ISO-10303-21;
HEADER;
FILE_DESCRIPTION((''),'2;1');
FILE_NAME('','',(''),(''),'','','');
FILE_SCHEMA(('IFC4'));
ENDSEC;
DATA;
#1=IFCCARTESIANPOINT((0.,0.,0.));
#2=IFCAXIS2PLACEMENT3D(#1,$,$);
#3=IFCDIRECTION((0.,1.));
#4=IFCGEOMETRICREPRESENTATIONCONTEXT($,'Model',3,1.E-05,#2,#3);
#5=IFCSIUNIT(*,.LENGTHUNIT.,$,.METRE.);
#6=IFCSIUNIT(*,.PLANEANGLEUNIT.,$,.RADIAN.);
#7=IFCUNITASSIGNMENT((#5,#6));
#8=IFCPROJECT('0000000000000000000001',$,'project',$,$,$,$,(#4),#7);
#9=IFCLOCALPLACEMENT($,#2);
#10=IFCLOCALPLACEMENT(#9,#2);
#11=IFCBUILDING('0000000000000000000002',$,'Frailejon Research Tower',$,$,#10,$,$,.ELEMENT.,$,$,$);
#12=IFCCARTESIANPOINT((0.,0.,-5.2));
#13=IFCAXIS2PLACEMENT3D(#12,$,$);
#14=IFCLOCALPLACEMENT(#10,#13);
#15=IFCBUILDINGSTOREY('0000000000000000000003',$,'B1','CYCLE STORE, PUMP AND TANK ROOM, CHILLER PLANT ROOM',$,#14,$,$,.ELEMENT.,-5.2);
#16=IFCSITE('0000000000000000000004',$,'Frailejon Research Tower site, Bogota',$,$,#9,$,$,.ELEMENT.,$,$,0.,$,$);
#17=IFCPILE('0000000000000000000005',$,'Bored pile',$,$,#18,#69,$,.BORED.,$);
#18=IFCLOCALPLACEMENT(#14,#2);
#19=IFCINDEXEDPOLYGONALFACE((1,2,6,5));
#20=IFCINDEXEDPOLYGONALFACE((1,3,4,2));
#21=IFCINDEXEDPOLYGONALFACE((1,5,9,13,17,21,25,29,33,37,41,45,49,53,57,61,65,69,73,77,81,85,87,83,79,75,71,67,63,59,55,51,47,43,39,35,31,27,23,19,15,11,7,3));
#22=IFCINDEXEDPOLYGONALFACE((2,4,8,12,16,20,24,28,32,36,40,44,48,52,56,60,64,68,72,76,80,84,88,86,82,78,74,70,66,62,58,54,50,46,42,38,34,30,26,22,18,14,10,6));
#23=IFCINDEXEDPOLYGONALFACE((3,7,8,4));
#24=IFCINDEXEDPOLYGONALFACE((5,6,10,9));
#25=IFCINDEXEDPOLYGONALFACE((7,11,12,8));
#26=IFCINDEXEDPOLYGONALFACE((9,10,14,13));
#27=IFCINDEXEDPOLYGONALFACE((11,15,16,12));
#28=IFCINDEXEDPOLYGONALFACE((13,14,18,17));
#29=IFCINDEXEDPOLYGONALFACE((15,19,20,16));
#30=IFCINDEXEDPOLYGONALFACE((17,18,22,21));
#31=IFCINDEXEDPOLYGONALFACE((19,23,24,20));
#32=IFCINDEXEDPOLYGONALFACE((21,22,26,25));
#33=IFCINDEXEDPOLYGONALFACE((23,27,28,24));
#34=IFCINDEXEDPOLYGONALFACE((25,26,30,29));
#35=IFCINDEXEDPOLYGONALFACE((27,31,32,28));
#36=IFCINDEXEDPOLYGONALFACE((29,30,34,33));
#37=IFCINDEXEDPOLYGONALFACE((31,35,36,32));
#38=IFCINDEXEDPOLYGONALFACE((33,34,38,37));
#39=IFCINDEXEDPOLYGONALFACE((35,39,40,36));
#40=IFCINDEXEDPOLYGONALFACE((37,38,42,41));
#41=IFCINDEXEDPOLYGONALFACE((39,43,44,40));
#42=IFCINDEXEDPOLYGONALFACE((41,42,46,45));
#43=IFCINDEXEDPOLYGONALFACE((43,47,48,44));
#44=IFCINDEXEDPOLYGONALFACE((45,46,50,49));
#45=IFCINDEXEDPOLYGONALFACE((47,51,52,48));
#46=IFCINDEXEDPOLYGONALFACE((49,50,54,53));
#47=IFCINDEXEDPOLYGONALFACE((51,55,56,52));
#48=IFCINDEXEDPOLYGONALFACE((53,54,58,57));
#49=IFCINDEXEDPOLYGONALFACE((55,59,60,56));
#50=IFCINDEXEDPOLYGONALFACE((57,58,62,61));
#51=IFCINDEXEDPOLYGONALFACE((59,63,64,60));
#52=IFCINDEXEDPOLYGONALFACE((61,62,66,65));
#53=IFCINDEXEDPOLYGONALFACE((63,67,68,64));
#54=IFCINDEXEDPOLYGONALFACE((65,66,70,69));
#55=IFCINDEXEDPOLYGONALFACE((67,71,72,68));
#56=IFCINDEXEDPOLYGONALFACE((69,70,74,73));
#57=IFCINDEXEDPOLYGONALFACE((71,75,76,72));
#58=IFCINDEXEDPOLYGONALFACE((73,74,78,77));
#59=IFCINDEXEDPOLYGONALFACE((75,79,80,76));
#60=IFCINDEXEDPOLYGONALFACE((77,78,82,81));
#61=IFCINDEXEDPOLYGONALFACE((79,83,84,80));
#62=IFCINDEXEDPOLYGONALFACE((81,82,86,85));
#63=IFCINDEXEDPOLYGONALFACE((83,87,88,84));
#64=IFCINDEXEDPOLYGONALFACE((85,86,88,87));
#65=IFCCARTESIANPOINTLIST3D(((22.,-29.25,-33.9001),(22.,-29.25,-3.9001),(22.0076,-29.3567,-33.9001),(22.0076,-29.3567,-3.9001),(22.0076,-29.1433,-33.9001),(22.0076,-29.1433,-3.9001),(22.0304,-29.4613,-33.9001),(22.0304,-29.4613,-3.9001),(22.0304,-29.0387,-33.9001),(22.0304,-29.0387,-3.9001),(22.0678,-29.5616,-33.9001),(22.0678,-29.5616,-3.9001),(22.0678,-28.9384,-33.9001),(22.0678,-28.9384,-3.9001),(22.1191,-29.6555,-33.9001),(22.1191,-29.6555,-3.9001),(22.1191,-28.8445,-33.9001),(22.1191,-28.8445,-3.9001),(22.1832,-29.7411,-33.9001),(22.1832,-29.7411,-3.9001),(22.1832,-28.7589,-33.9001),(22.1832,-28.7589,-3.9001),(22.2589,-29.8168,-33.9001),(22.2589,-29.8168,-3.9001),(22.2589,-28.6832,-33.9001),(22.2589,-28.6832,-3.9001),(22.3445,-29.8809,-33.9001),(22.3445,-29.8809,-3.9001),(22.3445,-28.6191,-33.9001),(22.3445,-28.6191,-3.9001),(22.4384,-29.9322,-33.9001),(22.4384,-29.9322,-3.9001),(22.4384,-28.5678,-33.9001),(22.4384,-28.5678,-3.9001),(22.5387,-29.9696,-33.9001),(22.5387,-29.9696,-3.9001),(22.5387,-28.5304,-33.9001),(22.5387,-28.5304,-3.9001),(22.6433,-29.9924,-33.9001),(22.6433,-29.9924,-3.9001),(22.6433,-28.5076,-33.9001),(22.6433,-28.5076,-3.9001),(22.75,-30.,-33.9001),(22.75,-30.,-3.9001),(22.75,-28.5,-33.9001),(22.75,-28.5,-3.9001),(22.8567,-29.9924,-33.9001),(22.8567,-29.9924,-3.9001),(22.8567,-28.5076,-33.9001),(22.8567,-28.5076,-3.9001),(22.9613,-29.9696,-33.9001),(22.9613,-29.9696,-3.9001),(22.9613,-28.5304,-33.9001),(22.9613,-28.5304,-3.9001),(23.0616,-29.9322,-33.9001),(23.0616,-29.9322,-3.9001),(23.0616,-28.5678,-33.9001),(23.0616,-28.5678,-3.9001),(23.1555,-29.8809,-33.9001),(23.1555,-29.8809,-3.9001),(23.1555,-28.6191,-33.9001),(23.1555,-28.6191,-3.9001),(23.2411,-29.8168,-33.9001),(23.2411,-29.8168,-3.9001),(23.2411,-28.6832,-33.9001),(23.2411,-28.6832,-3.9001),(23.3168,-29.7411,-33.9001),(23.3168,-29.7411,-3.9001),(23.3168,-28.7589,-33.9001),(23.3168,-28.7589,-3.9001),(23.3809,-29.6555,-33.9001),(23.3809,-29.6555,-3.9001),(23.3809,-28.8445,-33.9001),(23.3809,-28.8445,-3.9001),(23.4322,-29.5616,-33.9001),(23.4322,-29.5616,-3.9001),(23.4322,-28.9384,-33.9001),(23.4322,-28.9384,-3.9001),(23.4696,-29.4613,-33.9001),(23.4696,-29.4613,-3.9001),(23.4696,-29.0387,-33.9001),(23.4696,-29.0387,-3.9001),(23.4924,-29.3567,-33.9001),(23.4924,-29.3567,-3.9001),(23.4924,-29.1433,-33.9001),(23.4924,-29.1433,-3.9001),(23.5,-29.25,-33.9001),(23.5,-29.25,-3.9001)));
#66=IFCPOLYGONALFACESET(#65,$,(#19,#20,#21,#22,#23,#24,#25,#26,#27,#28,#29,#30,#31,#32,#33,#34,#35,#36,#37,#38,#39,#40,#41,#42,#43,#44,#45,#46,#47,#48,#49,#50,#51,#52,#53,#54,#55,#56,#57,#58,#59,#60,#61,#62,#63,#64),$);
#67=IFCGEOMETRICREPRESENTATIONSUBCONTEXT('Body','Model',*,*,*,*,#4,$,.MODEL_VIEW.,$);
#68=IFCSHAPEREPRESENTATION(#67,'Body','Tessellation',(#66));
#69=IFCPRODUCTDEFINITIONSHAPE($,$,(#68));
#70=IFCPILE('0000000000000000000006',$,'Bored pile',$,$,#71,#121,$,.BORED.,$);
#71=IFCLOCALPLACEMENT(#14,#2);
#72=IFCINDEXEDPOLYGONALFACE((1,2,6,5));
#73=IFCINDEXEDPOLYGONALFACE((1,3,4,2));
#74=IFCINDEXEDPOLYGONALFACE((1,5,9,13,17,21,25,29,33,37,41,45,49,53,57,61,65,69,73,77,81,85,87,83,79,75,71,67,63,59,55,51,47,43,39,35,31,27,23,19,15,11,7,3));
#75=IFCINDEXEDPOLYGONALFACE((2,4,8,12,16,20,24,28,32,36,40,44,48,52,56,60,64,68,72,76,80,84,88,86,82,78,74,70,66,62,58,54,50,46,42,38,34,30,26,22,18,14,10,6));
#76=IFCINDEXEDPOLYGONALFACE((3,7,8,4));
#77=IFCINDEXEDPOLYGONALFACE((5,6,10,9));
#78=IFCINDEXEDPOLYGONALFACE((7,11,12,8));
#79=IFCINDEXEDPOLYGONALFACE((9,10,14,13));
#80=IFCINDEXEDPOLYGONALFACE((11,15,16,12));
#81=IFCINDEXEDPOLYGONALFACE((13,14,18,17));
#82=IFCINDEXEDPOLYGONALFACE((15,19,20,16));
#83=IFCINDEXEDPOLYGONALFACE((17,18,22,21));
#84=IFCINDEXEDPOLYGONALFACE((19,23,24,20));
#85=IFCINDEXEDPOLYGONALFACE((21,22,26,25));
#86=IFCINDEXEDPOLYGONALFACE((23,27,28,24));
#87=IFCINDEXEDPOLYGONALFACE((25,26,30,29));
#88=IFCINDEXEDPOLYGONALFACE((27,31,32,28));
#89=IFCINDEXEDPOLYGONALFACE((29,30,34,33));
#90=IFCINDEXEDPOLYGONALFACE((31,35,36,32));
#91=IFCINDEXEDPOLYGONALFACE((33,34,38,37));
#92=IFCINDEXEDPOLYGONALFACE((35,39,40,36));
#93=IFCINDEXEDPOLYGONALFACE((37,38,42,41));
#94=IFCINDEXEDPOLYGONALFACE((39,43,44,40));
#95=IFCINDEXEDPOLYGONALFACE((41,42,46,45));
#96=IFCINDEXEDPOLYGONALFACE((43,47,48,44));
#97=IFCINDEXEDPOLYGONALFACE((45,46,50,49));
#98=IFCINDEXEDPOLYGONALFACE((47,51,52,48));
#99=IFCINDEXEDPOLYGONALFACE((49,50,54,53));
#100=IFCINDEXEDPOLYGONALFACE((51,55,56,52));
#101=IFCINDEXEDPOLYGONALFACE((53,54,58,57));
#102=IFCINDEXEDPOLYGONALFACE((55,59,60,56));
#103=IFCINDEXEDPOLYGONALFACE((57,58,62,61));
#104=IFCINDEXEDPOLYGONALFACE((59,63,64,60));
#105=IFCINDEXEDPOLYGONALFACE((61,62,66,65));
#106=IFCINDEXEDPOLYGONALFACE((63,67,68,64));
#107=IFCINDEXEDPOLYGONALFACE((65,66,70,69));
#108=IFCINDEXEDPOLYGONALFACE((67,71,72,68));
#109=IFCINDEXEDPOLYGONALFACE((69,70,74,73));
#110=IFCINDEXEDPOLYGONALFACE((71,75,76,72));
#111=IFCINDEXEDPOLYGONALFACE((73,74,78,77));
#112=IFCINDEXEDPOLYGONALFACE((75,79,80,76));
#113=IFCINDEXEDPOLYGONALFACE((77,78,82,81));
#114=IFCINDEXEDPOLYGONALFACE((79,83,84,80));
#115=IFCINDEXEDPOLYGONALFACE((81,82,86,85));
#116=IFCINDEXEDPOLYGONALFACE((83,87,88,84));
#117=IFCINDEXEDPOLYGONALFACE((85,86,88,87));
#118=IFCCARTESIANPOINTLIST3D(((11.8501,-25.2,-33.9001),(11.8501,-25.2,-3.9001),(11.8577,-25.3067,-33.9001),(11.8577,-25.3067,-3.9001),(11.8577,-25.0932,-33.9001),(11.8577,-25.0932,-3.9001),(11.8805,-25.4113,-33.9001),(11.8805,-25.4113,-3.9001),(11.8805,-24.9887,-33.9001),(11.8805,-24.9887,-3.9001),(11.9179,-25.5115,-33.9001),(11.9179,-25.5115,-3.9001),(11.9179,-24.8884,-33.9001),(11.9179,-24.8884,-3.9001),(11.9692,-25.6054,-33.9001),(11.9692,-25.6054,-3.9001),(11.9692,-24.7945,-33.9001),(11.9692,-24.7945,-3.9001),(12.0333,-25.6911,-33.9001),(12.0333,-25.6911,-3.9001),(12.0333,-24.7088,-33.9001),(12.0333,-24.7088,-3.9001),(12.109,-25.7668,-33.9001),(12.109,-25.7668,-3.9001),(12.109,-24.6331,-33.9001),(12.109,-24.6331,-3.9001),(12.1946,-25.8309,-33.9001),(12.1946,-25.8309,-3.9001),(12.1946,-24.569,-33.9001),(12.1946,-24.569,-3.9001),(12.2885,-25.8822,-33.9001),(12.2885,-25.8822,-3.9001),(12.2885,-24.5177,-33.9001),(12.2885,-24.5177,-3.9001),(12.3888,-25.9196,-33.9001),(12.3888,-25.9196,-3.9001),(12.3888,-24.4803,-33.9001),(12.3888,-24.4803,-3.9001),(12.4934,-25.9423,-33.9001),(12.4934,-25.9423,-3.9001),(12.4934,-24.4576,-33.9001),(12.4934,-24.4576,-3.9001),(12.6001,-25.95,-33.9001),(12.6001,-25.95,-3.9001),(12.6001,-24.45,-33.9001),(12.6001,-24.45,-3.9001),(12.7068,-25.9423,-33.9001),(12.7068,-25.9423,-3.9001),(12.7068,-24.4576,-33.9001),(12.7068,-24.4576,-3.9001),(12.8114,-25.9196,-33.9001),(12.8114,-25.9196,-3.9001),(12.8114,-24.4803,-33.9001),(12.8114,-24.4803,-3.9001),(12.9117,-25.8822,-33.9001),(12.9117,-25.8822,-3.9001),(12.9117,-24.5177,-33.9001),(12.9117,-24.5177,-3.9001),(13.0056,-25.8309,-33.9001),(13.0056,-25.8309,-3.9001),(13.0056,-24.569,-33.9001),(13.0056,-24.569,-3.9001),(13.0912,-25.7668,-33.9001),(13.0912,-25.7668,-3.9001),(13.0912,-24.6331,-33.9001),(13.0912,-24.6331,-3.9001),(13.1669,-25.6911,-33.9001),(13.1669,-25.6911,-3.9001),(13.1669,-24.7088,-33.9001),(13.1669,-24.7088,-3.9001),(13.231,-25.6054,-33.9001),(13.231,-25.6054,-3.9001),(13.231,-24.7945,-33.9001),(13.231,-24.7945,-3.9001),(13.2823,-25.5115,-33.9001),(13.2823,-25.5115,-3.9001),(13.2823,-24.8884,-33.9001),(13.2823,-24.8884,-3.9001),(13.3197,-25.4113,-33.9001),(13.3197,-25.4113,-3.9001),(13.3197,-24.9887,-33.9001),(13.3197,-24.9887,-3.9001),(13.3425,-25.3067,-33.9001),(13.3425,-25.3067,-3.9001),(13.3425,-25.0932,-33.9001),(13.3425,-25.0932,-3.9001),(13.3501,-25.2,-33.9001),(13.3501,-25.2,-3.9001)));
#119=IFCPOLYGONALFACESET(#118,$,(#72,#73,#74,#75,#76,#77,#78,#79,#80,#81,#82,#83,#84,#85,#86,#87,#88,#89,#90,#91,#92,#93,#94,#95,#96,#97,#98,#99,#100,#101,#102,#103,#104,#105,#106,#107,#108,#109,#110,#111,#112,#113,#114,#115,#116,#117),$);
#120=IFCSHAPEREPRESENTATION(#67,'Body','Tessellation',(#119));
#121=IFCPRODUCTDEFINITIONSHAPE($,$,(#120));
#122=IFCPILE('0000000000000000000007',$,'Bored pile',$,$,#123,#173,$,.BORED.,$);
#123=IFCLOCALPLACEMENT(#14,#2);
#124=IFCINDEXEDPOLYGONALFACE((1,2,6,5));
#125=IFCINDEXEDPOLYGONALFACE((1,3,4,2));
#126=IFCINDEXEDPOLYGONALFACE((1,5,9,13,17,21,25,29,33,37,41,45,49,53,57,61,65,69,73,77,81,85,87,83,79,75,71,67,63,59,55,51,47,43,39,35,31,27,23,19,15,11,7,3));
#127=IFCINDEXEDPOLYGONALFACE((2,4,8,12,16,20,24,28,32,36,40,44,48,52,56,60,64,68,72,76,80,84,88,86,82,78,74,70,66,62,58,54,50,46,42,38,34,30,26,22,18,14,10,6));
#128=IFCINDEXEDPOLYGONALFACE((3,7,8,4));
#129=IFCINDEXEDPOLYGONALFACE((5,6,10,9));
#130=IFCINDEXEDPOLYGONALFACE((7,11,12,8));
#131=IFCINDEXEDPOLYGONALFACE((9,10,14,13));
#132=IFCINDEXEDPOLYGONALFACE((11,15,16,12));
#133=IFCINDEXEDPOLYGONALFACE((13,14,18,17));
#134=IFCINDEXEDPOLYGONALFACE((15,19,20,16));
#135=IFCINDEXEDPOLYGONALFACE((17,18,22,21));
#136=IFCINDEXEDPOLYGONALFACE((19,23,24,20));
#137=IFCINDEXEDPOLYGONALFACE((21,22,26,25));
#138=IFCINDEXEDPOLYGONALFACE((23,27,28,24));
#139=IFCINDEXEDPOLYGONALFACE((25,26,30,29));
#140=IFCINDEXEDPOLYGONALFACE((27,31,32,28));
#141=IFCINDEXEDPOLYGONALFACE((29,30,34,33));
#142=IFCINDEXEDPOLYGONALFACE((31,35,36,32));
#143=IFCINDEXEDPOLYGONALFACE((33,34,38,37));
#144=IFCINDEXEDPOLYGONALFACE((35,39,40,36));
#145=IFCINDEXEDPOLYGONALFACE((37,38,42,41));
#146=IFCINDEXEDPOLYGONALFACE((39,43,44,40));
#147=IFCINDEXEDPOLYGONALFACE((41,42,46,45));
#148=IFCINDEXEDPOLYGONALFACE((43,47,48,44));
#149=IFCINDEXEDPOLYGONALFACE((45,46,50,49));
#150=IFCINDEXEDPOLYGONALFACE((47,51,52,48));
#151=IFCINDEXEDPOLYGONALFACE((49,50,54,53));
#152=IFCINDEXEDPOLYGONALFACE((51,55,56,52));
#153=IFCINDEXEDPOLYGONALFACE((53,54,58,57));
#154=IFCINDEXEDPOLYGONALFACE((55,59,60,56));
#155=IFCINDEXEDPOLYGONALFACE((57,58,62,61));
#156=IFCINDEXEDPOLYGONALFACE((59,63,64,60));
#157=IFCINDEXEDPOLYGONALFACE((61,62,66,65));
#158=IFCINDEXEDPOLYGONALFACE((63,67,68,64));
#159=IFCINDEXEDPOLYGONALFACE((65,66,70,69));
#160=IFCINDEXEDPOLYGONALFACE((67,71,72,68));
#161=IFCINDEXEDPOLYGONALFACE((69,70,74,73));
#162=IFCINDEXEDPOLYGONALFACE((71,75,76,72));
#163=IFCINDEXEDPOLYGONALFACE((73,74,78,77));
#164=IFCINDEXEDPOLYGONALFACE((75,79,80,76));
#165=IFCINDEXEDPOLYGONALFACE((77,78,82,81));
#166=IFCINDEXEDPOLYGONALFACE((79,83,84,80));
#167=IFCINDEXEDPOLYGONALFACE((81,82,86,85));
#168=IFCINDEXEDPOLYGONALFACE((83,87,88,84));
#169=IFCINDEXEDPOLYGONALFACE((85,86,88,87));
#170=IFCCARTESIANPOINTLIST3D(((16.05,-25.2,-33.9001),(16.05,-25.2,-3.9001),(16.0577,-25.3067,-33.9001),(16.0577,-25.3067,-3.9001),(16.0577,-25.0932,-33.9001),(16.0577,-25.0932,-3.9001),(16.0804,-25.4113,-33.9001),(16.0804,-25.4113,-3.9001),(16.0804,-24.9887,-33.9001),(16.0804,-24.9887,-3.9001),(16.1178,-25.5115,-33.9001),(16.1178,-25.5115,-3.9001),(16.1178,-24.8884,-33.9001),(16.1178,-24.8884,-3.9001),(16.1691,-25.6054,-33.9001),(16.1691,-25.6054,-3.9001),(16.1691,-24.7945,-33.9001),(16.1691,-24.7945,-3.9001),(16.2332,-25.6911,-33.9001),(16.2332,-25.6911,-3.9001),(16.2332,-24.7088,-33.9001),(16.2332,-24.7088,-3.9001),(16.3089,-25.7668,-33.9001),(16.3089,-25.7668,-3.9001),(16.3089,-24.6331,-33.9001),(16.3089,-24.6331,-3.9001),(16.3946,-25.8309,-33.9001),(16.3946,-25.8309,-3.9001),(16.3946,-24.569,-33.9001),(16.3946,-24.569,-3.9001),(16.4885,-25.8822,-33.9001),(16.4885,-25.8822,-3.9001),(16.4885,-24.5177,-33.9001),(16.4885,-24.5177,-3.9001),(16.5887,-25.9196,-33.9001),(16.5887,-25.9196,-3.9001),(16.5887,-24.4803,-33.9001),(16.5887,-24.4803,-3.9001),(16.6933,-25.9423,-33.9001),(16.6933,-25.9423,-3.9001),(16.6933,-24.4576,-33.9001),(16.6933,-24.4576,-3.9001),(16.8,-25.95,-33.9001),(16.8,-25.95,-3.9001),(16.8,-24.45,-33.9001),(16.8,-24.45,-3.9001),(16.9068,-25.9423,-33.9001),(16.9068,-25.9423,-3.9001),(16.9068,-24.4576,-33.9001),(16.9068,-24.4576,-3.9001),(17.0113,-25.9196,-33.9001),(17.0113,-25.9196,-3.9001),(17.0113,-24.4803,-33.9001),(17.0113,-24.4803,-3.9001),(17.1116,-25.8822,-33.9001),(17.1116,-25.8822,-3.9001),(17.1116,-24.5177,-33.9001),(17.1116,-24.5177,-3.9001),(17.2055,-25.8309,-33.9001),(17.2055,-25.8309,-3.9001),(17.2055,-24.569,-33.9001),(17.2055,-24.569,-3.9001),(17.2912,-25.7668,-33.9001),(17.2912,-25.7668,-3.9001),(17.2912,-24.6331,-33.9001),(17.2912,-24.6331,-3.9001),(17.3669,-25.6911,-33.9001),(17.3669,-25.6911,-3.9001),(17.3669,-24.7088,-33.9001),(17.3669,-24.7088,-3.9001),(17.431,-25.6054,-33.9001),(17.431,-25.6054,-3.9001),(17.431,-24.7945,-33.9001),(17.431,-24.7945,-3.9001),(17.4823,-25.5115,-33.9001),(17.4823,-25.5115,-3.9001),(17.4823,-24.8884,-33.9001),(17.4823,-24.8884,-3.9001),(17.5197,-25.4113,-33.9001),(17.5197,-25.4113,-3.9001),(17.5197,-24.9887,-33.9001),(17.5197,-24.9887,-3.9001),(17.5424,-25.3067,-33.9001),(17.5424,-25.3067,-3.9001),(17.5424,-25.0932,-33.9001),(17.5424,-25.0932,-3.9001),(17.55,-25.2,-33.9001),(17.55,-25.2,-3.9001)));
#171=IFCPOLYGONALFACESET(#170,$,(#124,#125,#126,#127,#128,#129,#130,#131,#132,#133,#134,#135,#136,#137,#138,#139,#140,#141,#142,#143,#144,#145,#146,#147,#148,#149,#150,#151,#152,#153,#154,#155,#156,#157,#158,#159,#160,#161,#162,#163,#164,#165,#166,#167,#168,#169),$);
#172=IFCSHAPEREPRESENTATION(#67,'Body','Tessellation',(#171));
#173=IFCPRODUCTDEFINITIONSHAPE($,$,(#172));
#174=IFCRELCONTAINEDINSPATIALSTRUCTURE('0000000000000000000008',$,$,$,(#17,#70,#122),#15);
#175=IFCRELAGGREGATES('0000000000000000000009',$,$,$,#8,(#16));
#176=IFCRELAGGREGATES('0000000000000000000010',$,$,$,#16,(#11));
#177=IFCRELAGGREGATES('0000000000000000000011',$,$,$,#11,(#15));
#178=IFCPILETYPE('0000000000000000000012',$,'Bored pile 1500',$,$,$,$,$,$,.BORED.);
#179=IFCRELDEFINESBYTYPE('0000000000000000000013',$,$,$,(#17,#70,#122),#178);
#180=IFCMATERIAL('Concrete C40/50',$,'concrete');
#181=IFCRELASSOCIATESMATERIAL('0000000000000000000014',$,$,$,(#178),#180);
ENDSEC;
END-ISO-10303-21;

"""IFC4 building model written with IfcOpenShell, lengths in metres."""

from ifc_helpers import new_model, si_unit, direction, frame, origin, origin_2d, place, context, subcontext, project, spatial, circle, extrude, material, material_profile, profile_set, type_object, element, save


model = new_model("IFC4")

# Units and contexts
model_context = context("Model", 3, precision=1e-05, world=origin(), true_north=direction((0.0, 1.0)))
body_context = subcontext(model_context, "Body", "Model", "MODEL_VIEW")
ifc_project = project(units=[si_unit("LENGTHUNIT", "METRE"), si_unit("PLANEANGLEUNIT", "RADIAN")], contexts=[model_context])

# Site, building, storey
site_placement = place(None, origin())
site = spatial("IfcSite", under=ifc_project, at=site_placement, Name="Frailejon Research Tower site, Bogota", CompositionType="ELEMENT", RefElevation=0.0)
building_placement = place(site_placement, origin())
building = spatial("IfcBuilding", under=site, at=building_placement, Name="Frailejon Research Tower", CompositionType="ELEMENT")
storey_placement = place(building_placement, frame((0.0, 0.0, -5.2)))
storey = spatial("IfcBuildingStorey", under=building, at=storey_placement, Name="B1", Description="CYCLE STORE, PUMP AND TANK ROOM, CHILLER PLANT ROOM", CompositionType="ELEMENT", Elevation=-5.2)

# Piles
ifc_material_1 = material(Name="Concrete C40/50", Category="concrete")
ifc_material_profile_1 = material_profile(ifc_material_1, circle(Radius=0.75, at=origin_2d()), Name="Bored pile 1500")
ifc_profile_set_1 = profile_set([ifc_material_profile_1], Name="Concrete C40/50")
pile_type = type_object("IfcPileType", Name="Bored pile 1500", PredefinedType="BORED", material=ifc_profile_set_1)
for number, where, z_axis, x_axis, name in (
    (1, (22.75, -29.25, -3.9001), (0.0, 0.0, -1.0), (1.0, 0.0, 0.0), "Bored pile"),
    (2, (12.6001, -25.2, -3.9001), (0.0, 0.0, -1.0), (1.0, 0.0, 0.0), "Bored pile"),
    (3, (16.8, -25.2, -3.9001), (0.0, 0.0, -1.0), (1.0, 0.0, 0.0), "Bored pile"),
):
    element("IfcPile", number, at=place(storey_placement, frame(where, z_axis=z_axis, x_axis=x_axis)), inside=storey, type_object=pile_type, Name=name, PredefinedType="BORED", context=body_context, shape_type="SweptSolid", body=[
        extrude(circle(Radius=0.75, at=origin_2d()), origin(), (0.0, 0.0, 1.0), 30.0),
    ])

save(model, "model.ifc")
